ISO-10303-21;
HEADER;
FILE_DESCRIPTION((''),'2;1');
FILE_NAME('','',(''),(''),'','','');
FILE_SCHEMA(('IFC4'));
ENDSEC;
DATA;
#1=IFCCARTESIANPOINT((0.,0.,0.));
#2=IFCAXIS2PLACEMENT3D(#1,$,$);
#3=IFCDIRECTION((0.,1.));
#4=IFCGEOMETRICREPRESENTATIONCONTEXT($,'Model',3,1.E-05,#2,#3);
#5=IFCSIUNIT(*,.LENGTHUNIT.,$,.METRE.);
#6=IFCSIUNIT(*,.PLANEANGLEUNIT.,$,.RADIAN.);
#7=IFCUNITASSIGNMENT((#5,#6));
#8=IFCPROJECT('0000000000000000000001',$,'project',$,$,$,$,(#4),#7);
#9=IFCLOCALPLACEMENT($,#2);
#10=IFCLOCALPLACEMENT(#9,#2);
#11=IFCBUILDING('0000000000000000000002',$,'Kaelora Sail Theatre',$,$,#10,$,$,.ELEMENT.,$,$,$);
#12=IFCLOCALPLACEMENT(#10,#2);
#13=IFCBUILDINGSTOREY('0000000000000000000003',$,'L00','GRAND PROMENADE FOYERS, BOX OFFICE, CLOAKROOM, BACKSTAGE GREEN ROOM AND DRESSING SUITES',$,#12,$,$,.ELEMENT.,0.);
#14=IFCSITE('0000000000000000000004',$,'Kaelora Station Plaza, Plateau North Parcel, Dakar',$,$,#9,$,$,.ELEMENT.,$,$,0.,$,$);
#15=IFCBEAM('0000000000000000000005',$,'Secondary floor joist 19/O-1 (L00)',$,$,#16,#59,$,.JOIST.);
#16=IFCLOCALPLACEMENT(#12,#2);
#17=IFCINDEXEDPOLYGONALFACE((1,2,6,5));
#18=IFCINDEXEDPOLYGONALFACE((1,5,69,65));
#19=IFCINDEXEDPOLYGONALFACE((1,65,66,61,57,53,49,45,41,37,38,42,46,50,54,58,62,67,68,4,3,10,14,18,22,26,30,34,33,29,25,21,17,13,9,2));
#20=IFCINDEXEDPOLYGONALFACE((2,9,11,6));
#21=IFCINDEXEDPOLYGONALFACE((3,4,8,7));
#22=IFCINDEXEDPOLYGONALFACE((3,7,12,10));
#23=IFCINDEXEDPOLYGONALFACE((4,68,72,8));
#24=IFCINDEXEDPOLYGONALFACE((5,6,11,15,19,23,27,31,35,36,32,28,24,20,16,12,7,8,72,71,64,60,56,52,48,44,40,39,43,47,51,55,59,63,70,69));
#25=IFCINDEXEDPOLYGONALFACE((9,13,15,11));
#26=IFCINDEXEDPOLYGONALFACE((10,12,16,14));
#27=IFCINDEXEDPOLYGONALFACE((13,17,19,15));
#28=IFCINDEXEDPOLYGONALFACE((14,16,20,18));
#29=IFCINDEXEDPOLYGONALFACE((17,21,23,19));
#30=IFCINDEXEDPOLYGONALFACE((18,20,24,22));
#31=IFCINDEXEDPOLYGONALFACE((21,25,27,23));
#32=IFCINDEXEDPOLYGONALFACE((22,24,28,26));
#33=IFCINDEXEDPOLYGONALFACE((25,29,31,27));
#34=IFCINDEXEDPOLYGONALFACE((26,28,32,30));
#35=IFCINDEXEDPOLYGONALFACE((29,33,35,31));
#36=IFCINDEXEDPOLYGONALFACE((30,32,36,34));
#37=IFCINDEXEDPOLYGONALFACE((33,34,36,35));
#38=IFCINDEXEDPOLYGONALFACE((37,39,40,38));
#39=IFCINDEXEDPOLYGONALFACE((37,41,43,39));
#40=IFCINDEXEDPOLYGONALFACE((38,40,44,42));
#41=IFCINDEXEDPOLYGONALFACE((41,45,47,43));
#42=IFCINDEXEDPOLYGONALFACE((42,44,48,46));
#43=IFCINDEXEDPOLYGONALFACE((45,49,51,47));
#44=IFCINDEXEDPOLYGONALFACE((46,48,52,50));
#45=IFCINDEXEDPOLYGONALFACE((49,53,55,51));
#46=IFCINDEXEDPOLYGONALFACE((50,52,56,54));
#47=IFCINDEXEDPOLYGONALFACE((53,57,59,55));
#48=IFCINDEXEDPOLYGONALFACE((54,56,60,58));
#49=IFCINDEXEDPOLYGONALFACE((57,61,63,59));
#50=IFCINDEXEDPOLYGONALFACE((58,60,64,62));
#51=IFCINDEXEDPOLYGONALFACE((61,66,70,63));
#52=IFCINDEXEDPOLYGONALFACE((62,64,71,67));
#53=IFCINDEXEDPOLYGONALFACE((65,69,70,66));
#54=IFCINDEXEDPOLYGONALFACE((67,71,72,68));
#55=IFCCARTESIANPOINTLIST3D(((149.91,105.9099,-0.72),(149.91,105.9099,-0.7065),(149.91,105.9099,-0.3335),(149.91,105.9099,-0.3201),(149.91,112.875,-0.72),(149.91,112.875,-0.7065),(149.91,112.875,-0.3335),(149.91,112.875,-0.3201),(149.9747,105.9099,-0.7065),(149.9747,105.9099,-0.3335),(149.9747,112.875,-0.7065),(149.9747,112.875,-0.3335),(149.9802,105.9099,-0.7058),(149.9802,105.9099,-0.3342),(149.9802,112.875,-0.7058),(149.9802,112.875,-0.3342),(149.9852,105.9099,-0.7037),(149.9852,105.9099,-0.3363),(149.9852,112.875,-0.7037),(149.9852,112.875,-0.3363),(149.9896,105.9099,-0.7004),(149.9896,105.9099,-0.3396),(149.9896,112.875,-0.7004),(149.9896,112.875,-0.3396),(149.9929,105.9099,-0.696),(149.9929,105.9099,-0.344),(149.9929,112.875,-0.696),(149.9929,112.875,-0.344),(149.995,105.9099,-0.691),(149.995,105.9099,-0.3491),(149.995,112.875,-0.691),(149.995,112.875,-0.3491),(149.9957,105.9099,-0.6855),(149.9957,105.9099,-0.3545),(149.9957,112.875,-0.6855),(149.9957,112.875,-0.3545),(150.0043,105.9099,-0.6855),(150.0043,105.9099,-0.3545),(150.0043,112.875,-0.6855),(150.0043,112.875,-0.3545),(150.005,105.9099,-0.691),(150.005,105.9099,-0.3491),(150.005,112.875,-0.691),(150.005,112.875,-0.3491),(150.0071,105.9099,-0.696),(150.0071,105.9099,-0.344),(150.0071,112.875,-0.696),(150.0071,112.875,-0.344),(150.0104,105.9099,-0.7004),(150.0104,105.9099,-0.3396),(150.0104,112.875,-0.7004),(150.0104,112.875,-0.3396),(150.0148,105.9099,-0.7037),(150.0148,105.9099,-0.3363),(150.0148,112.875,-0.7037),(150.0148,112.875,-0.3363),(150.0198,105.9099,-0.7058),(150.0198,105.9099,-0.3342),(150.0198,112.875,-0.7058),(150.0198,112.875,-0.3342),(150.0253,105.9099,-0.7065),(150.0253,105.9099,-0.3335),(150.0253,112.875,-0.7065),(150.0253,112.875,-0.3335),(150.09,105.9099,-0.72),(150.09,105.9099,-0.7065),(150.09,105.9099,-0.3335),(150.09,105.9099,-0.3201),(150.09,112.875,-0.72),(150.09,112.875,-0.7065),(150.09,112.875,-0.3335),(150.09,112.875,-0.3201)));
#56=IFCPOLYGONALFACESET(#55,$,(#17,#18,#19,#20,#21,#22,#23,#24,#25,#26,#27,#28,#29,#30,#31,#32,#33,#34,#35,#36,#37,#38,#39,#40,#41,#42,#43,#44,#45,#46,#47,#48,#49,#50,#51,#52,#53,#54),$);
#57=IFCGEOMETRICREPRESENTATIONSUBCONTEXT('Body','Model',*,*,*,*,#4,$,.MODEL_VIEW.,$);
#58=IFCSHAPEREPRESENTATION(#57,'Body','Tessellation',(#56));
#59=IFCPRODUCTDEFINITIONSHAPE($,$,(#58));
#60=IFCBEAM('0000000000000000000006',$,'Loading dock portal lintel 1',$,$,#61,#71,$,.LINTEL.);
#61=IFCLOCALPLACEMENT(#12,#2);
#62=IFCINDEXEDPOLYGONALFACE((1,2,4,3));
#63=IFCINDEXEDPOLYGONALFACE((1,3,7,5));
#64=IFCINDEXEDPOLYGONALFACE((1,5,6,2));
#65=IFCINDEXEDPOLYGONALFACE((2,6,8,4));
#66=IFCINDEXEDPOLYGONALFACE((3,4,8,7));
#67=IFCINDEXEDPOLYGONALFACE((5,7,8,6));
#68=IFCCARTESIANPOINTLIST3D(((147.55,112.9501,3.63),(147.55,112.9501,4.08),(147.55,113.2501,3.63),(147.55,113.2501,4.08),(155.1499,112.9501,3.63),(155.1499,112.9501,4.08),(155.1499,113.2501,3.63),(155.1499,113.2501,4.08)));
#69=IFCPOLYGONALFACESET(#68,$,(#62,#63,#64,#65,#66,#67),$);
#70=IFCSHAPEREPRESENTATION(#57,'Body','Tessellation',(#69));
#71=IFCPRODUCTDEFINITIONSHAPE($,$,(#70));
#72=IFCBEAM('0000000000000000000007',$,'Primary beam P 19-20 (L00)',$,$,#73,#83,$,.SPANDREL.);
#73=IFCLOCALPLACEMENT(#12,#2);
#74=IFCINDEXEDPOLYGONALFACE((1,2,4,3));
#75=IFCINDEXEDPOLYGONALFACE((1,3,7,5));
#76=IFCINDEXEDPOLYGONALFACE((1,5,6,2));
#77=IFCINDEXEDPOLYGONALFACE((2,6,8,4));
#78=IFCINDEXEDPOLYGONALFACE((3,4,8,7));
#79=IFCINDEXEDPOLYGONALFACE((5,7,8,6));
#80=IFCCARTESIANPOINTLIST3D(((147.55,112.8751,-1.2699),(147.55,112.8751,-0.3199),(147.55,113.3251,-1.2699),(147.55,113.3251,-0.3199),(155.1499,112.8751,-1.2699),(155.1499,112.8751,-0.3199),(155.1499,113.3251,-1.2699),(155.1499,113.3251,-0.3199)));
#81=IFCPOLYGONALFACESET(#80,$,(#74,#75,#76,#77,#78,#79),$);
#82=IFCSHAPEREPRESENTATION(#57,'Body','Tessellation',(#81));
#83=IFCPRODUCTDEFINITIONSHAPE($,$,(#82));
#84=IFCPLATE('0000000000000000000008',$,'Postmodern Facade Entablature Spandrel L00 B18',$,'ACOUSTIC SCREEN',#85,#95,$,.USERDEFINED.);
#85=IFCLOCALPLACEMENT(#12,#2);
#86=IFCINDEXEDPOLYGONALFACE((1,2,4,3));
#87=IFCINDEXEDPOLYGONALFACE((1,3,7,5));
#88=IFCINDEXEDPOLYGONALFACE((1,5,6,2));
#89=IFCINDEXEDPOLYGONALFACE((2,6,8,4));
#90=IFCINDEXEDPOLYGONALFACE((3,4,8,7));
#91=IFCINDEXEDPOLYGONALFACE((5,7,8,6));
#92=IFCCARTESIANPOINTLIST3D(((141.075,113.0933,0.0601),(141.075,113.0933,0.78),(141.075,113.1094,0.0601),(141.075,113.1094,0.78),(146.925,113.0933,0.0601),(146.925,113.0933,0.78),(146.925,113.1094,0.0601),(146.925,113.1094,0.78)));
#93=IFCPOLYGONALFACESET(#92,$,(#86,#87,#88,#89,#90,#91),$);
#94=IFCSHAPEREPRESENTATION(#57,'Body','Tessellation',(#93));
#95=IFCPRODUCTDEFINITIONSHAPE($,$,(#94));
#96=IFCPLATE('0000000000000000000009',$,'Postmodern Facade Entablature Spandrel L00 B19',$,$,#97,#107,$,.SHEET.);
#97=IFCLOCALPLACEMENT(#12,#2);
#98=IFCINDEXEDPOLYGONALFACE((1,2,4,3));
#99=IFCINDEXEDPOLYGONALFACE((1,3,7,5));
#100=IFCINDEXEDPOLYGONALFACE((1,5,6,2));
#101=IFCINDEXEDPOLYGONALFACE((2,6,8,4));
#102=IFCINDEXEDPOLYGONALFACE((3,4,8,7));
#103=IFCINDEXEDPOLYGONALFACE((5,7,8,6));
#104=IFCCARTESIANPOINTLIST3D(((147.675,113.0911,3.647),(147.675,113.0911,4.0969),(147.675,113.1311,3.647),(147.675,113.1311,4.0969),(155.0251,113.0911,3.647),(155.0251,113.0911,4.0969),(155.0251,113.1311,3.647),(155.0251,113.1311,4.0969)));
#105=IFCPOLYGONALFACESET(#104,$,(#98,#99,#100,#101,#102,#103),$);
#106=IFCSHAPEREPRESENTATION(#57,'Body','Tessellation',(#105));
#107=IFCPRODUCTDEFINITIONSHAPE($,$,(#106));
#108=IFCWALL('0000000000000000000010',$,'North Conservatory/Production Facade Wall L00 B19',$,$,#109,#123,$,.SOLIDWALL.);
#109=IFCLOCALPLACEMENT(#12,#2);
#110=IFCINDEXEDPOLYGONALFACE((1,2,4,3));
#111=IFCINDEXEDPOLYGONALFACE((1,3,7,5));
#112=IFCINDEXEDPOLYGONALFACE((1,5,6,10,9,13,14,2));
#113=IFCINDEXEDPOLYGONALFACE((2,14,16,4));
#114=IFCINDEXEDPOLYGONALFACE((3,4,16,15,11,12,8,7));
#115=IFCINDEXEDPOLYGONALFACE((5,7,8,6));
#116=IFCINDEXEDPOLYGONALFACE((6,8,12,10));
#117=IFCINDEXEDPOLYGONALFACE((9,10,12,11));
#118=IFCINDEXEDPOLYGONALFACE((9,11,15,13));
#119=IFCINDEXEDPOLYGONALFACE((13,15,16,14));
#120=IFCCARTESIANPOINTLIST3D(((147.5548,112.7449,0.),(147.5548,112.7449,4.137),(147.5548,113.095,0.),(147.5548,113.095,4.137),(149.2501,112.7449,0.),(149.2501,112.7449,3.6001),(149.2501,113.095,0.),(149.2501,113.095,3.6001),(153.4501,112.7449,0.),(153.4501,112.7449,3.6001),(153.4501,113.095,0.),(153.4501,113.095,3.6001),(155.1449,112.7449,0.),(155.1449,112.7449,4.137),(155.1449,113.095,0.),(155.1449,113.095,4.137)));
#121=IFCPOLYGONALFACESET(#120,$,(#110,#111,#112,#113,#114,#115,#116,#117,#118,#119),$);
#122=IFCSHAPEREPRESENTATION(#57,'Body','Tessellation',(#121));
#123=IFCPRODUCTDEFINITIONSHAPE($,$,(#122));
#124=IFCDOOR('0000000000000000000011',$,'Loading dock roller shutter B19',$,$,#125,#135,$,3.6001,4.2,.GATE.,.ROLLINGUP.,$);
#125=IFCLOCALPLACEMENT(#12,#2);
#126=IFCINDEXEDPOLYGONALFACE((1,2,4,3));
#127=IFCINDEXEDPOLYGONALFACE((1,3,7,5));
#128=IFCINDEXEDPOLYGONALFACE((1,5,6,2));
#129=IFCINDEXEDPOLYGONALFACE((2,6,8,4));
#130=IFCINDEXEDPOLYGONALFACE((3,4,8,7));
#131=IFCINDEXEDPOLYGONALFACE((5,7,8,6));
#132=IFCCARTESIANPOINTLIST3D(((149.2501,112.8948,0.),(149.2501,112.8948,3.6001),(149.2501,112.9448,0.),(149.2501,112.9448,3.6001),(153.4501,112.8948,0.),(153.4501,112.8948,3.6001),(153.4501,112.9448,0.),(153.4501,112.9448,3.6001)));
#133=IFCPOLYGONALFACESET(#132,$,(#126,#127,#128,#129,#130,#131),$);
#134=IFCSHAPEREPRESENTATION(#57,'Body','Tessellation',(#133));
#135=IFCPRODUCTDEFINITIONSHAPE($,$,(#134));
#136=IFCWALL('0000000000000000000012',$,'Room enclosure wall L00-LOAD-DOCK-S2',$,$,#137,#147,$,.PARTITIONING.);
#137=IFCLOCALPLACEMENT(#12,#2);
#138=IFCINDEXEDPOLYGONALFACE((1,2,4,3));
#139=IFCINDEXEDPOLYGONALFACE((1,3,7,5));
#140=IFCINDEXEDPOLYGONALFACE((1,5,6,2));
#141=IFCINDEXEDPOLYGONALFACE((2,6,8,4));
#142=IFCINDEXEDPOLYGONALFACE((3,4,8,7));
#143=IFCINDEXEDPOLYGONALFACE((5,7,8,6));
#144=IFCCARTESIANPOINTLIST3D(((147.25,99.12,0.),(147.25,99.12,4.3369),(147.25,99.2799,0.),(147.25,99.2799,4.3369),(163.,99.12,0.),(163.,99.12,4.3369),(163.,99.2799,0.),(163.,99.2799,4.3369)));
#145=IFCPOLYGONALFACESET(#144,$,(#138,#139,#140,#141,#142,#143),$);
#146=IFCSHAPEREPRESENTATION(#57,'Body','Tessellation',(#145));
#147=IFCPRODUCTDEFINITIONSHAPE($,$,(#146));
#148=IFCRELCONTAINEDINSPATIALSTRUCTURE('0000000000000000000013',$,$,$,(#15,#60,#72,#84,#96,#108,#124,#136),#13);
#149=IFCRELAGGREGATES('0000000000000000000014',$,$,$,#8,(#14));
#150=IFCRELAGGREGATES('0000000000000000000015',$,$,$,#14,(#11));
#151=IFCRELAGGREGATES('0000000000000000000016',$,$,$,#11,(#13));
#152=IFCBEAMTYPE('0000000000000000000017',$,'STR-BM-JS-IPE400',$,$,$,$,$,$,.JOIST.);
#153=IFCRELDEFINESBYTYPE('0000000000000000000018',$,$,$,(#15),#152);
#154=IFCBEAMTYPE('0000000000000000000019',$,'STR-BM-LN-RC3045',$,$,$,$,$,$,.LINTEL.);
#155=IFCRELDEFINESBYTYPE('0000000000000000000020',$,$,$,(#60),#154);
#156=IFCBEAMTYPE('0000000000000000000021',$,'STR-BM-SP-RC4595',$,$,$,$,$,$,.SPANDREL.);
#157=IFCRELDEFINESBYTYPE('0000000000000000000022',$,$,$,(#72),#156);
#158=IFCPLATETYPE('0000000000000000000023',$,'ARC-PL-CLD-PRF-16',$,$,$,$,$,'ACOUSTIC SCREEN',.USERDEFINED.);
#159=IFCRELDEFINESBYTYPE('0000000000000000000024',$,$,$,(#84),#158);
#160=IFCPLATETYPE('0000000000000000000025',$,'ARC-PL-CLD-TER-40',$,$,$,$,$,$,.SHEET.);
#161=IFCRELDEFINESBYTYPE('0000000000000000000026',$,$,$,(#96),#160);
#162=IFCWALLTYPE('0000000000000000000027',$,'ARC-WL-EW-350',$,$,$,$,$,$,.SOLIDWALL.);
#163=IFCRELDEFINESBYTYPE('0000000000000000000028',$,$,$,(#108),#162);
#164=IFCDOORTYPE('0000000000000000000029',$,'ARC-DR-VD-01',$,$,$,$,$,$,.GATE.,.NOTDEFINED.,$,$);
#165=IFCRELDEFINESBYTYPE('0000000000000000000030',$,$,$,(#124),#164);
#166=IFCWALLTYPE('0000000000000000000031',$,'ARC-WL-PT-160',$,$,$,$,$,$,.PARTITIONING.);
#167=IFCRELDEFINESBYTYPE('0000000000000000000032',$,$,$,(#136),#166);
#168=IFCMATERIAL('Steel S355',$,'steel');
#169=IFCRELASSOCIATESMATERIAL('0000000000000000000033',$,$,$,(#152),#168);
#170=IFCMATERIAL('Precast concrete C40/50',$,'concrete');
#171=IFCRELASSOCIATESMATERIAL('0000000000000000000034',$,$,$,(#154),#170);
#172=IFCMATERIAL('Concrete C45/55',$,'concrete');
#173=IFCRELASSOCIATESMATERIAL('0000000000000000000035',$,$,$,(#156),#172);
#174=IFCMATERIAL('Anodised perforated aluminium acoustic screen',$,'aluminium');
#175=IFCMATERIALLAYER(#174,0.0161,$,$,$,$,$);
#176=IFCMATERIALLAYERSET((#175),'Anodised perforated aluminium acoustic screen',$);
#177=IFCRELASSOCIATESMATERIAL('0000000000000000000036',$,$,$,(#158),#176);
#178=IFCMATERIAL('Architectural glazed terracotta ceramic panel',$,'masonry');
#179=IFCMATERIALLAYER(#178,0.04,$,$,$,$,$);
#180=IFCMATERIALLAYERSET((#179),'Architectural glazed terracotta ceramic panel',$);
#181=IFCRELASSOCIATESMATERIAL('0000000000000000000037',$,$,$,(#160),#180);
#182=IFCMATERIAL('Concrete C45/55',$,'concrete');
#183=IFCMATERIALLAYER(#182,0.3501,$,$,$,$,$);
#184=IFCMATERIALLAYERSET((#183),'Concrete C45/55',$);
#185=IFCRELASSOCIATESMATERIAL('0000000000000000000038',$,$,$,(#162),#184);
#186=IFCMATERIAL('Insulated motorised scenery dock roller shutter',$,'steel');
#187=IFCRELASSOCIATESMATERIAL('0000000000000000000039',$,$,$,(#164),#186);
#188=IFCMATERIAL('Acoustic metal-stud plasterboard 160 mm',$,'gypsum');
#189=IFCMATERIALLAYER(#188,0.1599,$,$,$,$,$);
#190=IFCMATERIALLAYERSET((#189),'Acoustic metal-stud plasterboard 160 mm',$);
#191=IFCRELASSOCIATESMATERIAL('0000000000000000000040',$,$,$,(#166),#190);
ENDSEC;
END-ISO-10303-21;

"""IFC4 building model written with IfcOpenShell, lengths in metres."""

from ifc_helpers import new_model, si_unit, direction, frame, frame_2d, origin, origin_2d, place, context, subcontext, project, spatial, rectangle, i_section, extrude, material, layer, layer_set, material_profile, profile_set, type_object, element, fill, save


model = new_model("IFC4")

# Units and contexts
model_context = context("Model", 3, precision=1e-05, world=origin(), true_north=direction((0.0, 1.0)))
body_context = subcontext(model_context, "Body", "Model", "MODEL_VIEW")
ifc_project = project(units=[si_unit("LENGTHUNIT", "METRE"), si_unit("PLANEANGLEUNIT", "RADIAN")], contexts=[model_context])

# Site, building, storey
site_placement = place(None, origin())
site = spatial("IfcSite", under=ifc_project, at=site_placement, Name="Kaelora Station Plaza, Plateau North Parcel, Dakar", CompositionType="ELEMENT", RefElevation=0.0)
building_placement = place(site_placement, origin())
building = spatial("IfcBuilding", under=site, at=building_placement, Name="Kaelora Sail Theatre", CompositionType="ELEMENT")
storey_placement = place(building_placement, origin())
storey = spatial("IfcBuildingStorey", under=building, at=storey_placement, Name="L00", Description="GRAND PROMENADE FOYERS, BOX OFFICE, CLOAKROOM, BACKSTAGE GREEN ROOM AND DRESSING SUITES", CompositionType="ELEMENT", Elevation=0.0)

# Beams
ifc_material_1 = material(Name="Steel S355", Category="steel")
ifc_material_profile_1 = material_profile(ifc_material_1, i_section(OverallWidth=0.1799, OverallDepth=0.3999, WebThickness=0.0085, FlangeThickness=0.0134, FilletRadius=0.021, at=origin_2d()), Name="IPE 400")
ifc_profile_set_1 = profile_set([ifc_material_profile_1], Name="Steel S355")
beam_type_1 = type_object("IfcBeamType", Name="STR-BM-JS-IPE400", PredefinedType="JOIST", material=ifc_profile_set_1)
beam_1_placement = place(storey_placement, frame((150.0, 105.9099, -0.52), z_axis=(0.0, 1.0, 0.0), x_axis=(-1.0, 0.0, 0.0)))
element("IfcBeam", 1, at=beam_1_placement, inside=storey, type_object=beam_type_1, Name="Secondary floor joist 19/O-1 (L00)", PredefinedType="JOIST", context=body_context, shape_type="SweptSolid", body=[
    extrude(i_section(OverallWidth=0.1799, OverallDepth=0.3999, WebThickness=0.0085, FlangeThickness=0.0134, FilletRadius=0.021, at=origin_2d()), origin(), (0.0, 0.0, 1.0), 6.9651),
])
ifc_material_2 = material(Name="Precast concrete C40/50", Category="concrete")
ifc_material_profile_2 = material_profile(ifc_material_2, rectangle(XDim=0.3, YDim=0.45, at=origin_2d()), Name="RC-LNT 300x450")
ifc_profile_set_2 = profile_set([ifc_material_profile_2], Name="Precast concrete C40/50")
beam_type_2 = type_object("IfcBeamType", Name="STR-BM-LN-RC3045", PredefinedType="LINTEL", material=ifc_profile_set_2)
beam_2_placement = place(storey_placement, frame((147.55, 113.1001, 3.855), z_axis=(1.0, 0.0, 0.0), x_axis=(0.0, 1.0, 0.0)))
element("IfcBeam", 2, at=beam_2_placement, inside=storey, type_object=beam_type_2, Name="Loading dock portal lintel 1", PredefinedType="LINTEL", context=body_context, shape_type="SweptSolid", body=[
    extrude(rectangle(XDim=0.3, YDim=0.45, at=origin_2d()), origin(), (0.0, 0.0, 1.0), 7.5999),
])
ifc_material_3 = material(Name="Concrete C45/55", Category="concrete")
ifc_material_profile_3 = material_profile(ifc_material_3, rectangle(XDim=0.45, YDim=0.95, at=origin_2d()), Name="RC-SPN 450x950")
ifc_profile_set_3 = profile_set([ifc_material_profile_3], Name="Concrete C45/55")
beam_type_3 = type_object("IfcBeamType", Name="STR-BM-SP-RC4595", PredefinedType="SPANDREL", material=ifc_profile_set_3)
beam_3_placement = place(storey_placement, frame((147.55, 113.1001, -0.7949), z_axis=(1.0, 0.0, 0.0), x_axis=(0.0, 1.0, 0.0)))
element("IfcBeam", 3, at=beam_3_placement, inside=storey, type_object=beam_type_3, Name="Primary beam P 19-20 (L00)", PredefinedType="SPANDREL", context=body_context, shape_type="SweptSolid", body=[
    extrude(rectangle(XDim=0.45, YDim=0.95, at=origin_2d()), origin(), (0.0, 0.0, 1.0), 7.5999),
])

# Plates
ifc_material_4 = material(Name="Anodised perforated aluminium acoustic screen", Category="aluminium")
ifc_layer_1 = layer(ifc_material_4, 0.0161)
ifc_layer_set_1 = layer_set([ifc_layer_1], Name="Anodised perforated aluminium acoustic screen")
plate_type_1 = type_object("IfcPlateType", Name="ARC-PL-CLD-PRF-16", ElementType="ACOUSTIC SCREEN", PredefinedType="USERDEFINED", material=ifc_layer_set_1)
plate_1_placement = place(storey_placement, frame((144.0, 113.1013, 0.0601), z_axis=(0.0, 0.0, 1.0), x_axis=(1.0, 0.0, 0.0)))
element("IfcPlate", 4, at=plate_1_placement, inside=storey, type_object=plate_type_1, Name="Postmodern Facade Entablature Spandrel L00 B18", ObjectType="ACOUSTIC SCREEN", PredefinedType="USERDEFINED", context=body_context, shape_type="SweptSolid", body=[
    extrude(rectangle(XDim=5.8501, YDim=0.0161, at=origin_2d()), origin(), (0.0, 0.0, 1.0), 0.72),
])
ifc_material_5 = material(Name="Architectural glazed terracotta ceramic panel", Category="masonry")
ifc_layer_2 = layer(ifc_material_5, 0.04)
ifc_layer_set_2 = layer_set([ifc_layer_2], Name="Architectural glazed terracotta ceramic panel")
plate_type_2 = type_object("IfcPlateType", Name="ARC-PL-CLD-TER-40", PredefinedType="SHEET", material=ifc_layer_set_2)
plate_2_placement = place(storey_placement, frame((151.3501, 113.1111, 3.647), z_axis=(0.0, 0.0, 1.0), x_axis=(1.0, 0.0, 0.0)))
element("IfcPlate", 5, at=plate_2_placement, inside=storey, type_object=plate_type_2, Name="Postmodern Facade Entablature Spandrel L00 B19", PredefinedType="SHEET", context=body_context, shape_type="SweptSolid", body=[
    extrude(rectangle(XDim=7.3501, YDim=0.04, at=origin_2d()), origin(), (0.0, 0.0, 1.0), 0.45),
])

# Wall, opening, door
ifc_material_6 = material(Name="Concrete C45/55", Category="concrete")
ifc_layer_3 = layer(ifc_material_6, 0.3501)
ifc_layer_set_3 = layer_set([ifc_layer_3], Name="Concrete C45/55")
wall_type_1 = type_object("IfcWallType", Name="ARC-WL-EW-350", PredefinedType="SOLIDWALL", material=ifc_layer_set_3)
wall_1_placement = place(storey_placement, frame((147.5549, 112.9199, 0.0), z_axis=(0.0, 0.0, 1.0), x_axis=(1.0, 0.0, 0.0)))
wall_1 = element("IfcWall", 6, at=wall_1_placement, inside=storey, type_object=wall_type_1, Name="North Conservatory/Production Facade Wall L00 B19", PredefinedType="SOLIDWALL", context=body_context, shape_type="SweptSolid", body=[
    extrude(rectangle(XDim=7.5901, YDim=0.3501, at=frame_2d((3.7949, 0.0))), origin(), (0.0, 0.0, 1.0), 4.137),
])
opening_placement = place(wall_1_placement, frame((1.6951, 0.0, 0.0)))
opening = element("IfcOpeningElement", 7, at=opening_placement, cuts=wall_1, PredefinedType="OPENING", context=body_context, shape_type="SweptSolid", body=[
    extrude(rectangle(XDim=4.2, YDim=3.6001, at=frame_2d((2.1001, 1.8))), frame((0.0, 0.185, 0.0), z_axis=(0.0, -1.0, 0.0), x_axis=(1.0, 0.0, 0.0)), (0.0, 0.0, 1.0), 0.3701),
])
ifc_material_7 = material(Name="Insulated motorised scenery dock roller shutter", Category="steel")
door_type = type_object("IfcDoorType", Name="ARC-DR-VD-01", OperationType="NOTDEFINED", PredefinedType="GATE", material=ifc_material_7)
door_placement = place(opening_placement, origin())
door = element("IfcDoor", 8, at=door_placement, inside=storey, type_object=door_type, Name="Loading dock roller shutter B19", OperationType="ROLLINGUP", OverallHeight=3.6001, OverallWidth=4.2, PredefinedType="GATE", context=body_context, shape_type="SweptSolid", body=[
    extrude(rectangle(XDim=4.2, YDim=3.6001, at=frame_2d((2.1001, 1.8))), frame((0.0, 0.0249, 0.0), z_axis=(0.0, -1.0, 0.0), x_axis=(1.0, 0.0, 0.0)), (0.0, 0.0, 1.0), 0.05),
])
fill(opening, door)

# Wall
ifc_material_8 = material(Name="Acoustic metal-stud plasterboard 160 mm", Category="gypsum")
ifc_layer_4 = layer(ifc_material_8, 0.1599)
ifc_layer_set_4 = layer_set([ifc_layer_4], Name="Acoustic metal-stud plasterboard 160 mm")
wall_type_2 = type_object("IfcWallType", Name="ARC-WL-PT-160", PredefinedType="PARTITIONING", material=ifc_layer_set_4)
wall_2_placement = place(storey_placement, frame((147.25, 99.2, 0.0), z_axis=(0.0, 0.0, 1.0), x_axis=(1.0, 0.0, 0.0)))
element("IfcWall", 9, at=wall_2_placement, inside=storey, type_object=wall_type_2, Name="Room enclosure wall L00-LOAD-DOCK-S2", PredefinedType="PARTITIONING", context=body_context, shape_type="SweptSolid", body=[
    extrude(rectangle(XDim=15.75, YDim=0.1599, at=frame_2d((7.875, 0.0))), origin(), (0.0, 0.0, 1.0), 4.3369),
])

save(model, "model.ifc")
